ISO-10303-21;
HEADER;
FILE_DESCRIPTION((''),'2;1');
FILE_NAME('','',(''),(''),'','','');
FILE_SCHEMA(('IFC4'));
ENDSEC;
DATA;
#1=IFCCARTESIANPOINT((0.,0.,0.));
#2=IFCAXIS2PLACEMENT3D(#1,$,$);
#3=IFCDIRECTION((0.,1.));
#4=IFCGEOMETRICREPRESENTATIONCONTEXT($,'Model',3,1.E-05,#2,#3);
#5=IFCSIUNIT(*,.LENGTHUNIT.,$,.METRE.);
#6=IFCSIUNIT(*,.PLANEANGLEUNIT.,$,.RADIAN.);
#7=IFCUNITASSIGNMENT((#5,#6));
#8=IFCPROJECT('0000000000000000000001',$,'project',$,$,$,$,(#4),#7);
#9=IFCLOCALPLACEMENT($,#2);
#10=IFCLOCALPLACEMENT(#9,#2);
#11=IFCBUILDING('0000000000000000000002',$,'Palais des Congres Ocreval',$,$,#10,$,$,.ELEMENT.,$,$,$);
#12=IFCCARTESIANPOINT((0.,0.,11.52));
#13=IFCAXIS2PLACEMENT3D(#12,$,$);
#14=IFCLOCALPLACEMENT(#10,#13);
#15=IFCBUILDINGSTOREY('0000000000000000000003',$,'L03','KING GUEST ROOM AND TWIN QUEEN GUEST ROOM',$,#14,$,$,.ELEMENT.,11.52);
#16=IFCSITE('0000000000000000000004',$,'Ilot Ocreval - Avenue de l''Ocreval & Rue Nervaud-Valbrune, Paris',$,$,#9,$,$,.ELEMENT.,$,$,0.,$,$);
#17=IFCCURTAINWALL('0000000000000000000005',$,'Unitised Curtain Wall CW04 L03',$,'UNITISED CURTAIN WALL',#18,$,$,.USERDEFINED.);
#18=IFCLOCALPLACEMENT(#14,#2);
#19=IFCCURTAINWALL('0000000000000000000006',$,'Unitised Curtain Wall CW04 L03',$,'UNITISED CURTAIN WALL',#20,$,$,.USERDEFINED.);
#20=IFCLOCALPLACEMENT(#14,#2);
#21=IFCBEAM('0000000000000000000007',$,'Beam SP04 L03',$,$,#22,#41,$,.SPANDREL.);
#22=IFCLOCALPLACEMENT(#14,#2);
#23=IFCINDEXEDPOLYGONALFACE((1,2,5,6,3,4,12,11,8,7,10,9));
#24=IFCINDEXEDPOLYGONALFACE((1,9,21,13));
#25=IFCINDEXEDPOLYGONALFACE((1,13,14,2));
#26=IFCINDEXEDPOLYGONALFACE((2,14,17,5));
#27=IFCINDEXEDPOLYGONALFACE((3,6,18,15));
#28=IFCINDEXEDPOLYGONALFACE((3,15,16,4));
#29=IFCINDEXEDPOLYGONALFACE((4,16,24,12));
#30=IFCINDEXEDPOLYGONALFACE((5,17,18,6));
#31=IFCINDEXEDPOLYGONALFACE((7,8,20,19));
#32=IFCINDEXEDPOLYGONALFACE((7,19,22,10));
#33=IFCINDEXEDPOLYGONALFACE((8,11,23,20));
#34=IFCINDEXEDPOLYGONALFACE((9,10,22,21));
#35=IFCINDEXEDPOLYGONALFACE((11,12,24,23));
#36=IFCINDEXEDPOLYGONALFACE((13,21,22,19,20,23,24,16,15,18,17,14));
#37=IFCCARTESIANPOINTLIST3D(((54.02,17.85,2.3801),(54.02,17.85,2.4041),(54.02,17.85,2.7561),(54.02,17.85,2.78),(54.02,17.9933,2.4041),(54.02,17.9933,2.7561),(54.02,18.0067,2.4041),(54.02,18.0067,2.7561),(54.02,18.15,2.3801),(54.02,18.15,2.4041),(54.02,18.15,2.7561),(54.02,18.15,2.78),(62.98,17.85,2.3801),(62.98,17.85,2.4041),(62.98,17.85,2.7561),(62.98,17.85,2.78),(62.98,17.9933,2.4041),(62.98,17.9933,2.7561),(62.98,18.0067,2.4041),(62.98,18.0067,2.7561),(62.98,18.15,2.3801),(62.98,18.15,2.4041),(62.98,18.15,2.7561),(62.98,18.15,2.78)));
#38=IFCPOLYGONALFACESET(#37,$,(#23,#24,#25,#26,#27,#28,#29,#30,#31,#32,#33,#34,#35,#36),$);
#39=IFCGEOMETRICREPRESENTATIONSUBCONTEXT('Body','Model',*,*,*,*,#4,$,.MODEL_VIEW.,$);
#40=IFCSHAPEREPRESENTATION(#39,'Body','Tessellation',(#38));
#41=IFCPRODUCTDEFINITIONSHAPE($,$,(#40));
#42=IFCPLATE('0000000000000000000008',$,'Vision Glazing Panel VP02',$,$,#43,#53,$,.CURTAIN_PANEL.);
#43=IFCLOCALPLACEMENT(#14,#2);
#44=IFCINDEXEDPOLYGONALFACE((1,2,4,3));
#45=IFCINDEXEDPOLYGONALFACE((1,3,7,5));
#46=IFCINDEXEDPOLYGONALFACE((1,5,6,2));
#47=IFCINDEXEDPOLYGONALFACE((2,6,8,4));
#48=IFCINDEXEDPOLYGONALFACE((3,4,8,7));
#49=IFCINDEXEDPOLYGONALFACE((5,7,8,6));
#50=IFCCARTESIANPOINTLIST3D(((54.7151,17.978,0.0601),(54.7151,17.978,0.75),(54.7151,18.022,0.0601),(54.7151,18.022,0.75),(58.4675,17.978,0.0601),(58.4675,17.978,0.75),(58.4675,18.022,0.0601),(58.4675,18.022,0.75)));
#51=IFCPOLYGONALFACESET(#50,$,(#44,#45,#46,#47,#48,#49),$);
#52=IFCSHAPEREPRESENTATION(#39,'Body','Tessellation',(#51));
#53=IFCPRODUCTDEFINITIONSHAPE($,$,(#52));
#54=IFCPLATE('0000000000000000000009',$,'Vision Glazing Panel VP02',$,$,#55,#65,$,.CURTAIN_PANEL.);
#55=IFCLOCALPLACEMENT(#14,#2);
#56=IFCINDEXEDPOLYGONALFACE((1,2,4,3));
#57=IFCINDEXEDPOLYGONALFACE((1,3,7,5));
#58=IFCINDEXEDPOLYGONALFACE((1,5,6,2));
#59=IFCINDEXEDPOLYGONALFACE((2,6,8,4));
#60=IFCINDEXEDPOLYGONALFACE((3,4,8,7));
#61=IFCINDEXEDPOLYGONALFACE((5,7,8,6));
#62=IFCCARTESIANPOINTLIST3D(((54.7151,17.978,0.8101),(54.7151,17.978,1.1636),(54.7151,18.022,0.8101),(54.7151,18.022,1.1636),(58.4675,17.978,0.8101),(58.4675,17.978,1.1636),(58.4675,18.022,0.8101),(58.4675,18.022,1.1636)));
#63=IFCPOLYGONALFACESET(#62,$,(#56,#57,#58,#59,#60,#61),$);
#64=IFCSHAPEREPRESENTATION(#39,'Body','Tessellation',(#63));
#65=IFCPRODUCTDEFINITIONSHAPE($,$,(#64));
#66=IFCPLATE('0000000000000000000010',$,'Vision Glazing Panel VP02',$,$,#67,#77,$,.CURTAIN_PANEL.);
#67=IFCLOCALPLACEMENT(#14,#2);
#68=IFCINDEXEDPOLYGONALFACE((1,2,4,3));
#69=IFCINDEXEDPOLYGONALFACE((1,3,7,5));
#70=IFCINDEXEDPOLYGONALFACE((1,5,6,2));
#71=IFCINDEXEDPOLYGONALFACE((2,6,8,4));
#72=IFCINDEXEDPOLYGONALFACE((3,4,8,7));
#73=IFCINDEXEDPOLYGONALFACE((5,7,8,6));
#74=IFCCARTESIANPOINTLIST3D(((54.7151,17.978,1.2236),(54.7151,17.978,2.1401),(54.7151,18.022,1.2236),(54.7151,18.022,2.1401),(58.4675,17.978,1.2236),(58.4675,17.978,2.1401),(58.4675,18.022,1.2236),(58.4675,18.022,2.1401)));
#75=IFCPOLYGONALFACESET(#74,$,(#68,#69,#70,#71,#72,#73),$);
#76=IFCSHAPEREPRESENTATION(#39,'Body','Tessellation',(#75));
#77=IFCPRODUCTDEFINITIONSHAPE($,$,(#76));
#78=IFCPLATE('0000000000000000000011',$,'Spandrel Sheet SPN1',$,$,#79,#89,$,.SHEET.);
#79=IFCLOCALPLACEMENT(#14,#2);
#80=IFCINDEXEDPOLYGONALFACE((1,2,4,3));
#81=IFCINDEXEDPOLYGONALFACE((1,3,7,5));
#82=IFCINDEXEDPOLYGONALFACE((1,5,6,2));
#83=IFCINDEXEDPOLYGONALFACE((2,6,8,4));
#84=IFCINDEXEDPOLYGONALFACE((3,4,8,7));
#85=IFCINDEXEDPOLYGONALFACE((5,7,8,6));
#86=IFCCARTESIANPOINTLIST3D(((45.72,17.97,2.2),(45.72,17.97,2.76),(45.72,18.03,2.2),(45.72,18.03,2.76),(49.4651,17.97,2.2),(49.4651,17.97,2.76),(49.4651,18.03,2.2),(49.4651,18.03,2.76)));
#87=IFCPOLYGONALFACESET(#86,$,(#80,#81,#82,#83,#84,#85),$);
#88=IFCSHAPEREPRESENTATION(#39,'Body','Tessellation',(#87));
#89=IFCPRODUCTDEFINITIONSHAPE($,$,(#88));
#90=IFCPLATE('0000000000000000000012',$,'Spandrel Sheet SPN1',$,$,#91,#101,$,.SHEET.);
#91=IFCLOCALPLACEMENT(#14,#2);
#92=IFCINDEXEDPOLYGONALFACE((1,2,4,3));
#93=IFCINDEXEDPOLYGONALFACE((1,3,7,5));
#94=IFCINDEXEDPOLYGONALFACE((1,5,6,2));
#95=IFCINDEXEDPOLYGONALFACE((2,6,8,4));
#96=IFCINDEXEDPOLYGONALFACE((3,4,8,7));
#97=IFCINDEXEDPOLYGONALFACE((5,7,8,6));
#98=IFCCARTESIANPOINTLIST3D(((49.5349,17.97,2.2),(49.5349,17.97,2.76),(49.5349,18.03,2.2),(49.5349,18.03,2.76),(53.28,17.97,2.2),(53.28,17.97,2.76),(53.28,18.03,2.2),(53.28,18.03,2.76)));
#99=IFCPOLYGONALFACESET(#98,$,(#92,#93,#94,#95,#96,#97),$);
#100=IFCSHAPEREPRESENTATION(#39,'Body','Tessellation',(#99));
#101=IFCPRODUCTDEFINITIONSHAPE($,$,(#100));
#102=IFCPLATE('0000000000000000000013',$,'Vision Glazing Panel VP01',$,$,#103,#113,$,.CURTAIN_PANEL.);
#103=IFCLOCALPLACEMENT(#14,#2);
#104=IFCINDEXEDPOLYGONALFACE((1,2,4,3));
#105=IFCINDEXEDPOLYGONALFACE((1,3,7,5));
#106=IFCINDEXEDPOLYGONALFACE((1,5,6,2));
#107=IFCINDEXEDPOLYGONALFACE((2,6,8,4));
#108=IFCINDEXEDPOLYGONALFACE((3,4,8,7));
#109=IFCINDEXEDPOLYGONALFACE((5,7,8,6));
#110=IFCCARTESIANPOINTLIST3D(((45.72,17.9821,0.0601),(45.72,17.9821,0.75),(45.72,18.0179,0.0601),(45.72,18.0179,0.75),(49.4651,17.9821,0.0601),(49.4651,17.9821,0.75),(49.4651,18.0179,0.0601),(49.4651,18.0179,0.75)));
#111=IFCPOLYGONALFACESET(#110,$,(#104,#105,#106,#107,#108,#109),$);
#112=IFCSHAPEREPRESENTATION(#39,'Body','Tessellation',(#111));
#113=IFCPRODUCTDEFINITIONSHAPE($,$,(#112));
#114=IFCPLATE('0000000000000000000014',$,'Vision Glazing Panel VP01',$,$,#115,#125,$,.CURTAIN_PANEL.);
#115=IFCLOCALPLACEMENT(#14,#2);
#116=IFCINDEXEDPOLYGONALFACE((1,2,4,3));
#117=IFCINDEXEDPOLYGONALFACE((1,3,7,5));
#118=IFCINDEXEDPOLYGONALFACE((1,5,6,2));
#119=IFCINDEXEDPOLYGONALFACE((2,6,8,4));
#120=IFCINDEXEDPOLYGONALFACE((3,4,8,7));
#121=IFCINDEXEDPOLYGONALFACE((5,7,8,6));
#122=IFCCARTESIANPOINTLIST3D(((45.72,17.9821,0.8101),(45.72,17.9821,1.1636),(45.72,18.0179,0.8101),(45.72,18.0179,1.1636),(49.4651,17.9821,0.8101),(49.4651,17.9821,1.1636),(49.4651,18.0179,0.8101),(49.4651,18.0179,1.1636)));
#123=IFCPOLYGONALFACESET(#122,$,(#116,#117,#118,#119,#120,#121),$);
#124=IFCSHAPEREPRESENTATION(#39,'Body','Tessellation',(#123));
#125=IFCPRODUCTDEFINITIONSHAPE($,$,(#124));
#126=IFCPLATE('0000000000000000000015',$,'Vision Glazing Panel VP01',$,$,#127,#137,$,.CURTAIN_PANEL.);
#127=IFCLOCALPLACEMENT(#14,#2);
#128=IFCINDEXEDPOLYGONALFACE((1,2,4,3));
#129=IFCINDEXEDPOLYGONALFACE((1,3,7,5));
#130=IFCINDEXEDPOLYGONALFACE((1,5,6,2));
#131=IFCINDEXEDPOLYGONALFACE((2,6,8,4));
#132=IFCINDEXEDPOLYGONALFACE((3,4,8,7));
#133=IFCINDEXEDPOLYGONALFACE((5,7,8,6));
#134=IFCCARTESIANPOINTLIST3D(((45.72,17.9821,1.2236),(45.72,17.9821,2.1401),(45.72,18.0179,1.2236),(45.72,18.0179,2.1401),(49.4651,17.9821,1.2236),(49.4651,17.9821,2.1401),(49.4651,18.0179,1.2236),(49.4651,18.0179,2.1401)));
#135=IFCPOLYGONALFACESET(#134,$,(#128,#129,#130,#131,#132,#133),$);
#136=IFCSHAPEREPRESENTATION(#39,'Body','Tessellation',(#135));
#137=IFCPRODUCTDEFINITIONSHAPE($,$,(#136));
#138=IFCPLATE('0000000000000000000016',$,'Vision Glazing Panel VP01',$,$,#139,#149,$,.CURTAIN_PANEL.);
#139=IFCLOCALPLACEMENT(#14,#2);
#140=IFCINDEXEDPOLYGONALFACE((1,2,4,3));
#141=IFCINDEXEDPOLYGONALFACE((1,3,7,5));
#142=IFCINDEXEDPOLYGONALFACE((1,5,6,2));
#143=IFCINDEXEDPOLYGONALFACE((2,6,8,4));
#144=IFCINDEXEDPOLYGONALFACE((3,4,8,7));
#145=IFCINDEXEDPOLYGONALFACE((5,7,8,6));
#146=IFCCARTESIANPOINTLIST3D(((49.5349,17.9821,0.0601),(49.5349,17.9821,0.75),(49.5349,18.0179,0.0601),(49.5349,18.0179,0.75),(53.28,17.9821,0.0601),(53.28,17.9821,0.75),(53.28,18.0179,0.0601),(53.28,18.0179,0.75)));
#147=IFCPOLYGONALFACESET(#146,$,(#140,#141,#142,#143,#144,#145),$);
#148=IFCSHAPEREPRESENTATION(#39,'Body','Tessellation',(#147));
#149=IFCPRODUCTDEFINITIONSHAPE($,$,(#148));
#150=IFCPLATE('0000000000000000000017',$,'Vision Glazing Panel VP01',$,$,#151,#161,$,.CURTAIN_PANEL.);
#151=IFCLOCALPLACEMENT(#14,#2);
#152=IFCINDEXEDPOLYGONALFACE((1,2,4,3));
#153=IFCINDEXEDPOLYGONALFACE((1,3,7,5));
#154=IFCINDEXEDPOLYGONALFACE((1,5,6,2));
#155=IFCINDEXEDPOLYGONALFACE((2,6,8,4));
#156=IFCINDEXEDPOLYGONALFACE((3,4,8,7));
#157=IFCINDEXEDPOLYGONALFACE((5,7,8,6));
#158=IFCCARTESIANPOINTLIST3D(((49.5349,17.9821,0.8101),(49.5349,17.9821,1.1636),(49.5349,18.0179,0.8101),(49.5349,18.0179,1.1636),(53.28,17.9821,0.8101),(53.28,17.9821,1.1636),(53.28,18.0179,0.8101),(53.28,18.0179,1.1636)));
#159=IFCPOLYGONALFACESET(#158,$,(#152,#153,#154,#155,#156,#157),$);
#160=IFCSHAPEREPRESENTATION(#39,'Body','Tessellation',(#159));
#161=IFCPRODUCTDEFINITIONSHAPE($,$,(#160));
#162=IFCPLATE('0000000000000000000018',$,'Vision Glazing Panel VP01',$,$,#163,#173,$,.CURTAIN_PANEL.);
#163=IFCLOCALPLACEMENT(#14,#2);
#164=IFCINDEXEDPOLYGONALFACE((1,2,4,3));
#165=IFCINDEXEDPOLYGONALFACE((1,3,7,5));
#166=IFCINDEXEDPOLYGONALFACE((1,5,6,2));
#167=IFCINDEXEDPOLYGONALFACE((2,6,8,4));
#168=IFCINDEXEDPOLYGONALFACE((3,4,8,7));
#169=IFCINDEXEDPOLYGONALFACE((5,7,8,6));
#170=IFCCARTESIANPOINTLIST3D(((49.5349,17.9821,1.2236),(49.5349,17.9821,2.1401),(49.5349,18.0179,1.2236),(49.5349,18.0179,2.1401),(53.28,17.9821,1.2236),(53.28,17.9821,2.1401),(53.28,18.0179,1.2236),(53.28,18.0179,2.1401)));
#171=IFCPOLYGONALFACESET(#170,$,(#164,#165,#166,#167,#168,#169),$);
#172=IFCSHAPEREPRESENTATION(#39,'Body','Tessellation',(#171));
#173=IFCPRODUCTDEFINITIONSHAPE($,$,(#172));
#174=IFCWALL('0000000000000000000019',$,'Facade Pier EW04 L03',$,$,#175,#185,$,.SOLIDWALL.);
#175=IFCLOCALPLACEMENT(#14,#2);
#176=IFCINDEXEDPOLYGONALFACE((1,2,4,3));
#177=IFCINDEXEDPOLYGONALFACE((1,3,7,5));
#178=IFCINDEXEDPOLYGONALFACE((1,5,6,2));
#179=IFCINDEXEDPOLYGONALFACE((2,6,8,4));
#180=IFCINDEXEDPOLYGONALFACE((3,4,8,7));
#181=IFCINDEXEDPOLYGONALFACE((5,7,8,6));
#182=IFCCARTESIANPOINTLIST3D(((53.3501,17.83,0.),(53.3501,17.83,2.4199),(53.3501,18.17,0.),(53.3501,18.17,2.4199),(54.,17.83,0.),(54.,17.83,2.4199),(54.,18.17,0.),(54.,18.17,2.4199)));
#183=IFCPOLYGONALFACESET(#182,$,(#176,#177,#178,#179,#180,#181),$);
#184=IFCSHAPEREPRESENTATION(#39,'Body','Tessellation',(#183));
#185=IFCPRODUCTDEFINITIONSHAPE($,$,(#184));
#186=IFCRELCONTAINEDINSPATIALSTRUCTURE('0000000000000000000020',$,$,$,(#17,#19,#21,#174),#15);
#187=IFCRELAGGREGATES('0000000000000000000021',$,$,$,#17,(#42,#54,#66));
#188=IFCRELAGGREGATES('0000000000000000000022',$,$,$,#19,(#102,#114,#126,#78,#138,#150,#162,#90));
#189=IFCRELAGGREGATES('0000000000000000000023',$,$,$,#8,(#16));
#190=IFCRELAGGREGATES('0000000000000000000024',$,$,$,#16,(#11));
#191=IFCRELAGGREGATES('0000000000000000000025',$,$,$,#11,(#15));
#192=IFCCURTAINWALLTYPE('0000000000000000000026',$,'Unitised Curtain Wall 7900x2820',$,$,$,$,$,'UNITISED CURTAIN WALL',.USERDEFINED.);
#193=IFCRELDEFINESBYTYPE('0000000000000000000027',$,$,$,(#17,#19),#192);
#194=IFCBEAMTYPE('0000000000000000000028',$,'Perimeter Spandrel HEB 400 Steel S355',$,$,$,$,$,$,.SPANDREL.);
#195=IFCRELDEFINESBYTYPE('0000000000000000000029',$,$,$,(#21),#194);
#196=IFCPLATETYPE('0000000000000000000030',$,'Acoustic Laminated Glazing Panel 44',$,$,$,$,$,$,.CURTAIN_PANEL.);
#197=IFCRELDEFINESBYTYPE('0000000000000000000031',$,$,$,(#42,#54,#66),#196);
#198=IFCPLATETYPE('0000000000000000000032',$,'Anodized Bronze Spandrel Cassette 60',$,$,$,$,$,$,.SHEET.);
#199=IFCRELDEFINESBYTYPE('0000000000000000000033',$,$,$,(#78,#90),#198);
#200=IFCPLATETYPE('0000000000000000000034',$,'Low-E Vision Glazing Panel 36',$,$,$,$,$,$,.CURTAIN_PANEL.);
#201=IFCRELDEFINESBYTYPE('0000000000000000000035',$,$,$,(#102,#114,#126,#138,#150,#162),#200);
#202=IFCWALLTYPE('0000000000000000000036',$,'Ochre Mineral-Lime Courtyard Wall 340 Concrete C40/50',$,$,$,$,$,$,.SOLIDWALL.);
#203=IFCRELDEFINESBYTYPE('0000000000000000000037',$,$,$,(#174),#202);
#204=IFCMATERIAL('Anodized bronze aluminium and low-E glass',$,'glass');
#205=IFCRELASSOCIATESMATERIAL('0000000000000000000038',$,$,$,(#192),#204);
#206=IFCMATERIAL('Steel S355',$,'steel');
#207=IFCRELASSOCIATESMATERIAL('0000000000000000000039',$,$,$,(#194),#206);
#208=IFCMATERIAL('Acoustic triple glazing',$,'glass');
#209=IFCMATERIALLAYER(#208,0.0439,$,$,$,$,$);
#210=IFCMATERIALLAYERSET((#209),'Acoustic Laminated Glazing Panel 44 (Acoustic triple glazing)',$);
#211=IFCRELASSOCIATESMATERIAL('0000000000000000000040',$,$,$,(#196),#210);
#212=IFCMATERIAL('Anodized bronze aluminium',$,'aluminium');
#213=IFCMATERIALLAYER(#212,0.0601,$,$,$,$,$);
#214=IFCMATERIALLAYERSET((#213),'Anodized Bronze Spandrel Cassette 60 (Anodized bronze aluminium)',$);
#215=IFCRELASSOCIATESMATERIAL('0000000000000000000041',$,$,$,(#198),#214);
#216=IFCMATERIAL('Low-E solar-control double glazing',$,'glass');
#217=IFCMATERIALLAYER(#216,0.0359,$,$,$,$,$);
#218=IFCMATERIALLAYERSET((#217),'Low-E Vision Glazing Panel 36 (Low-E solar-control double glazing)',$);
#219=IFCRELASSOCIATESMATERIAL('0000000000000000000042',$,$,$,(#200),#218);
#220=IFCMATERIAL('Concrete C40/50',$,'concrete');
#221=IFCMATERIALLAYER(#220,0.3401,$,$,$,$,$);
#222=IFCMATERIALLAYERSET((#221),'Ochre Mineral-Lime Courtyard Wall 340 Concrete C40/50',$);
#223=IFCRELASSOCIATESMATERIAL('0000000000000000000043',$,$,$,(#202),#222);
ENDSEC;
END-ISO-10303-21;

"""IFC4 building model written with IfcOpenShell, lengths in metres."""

from ifc_helpers import new_model, si_unit, direction, frame, frame_2d, origin, origin_2d, place, context, subcontext, project, spatial, rectangle, i_section, extrude, material, layer, layer_set, material_profile, profile_set, type_object, element, aggregate, save


model = new_model("IFC4")

# Units and contexts
model_context = context("Model", 3, precision=1e-05, world=origin(), true_north=direction((0.0, 1.0)))
body_context = subcontext(model_context, "Body", "Model", "MODEL_VIEW")
ifc_project = project(units=[si_unit("LENGTHUNIT", "METRE"), si_unit("PLANEANGLEUNIT", "RADIAN")], contexts=[model_context])

# Site, building, storey
site_placement = place(None, origin())
site = spatial("IfcSite", under=ifc_project, at=site_placement, Name="Ilot Ocreval - Avenue de l'Ocreval & Rue Nervaud-Valbrune, Paris", CompositionType="ELEMENT", RefElevation=0.0)
building_placement = place(site_placement, origin())
building = spatial("IfcBuilding", under=site, at=building_placement, Name="Palais des Congres Ocreval", CompositionType="ELEMENT")
storey_placement = place(building_placement, frame((0.0, 0.0, 11.52)))
storey = spatial("IfcBuildingStorey", under=building, at=storey_placement, Name="L03", Description="KING GUEST ROOM AND TWIN QUEEN GUEST ROOM", CompositionType="ELEMENT", Elevation=11.52)

# Shared definitions
ifc_material_1 = material(Name="Concrete C40/50", Category="concrete")

# Curtain wall
ifc_material_2 = material(Name="Anodized bronze aluminium and low-E glass", Category="glass")
curtain_wall_type = type_object("IfcCurtainWallType", Name="Unitised Curtain Wall 7900x2820", ElementType="UNITISED CURTAIN WALL", PredefinedType="USERDEFINED", material=ifc_material_2)
curtain_wall_1_placement = place(storey_placement, origin())
curtain_wall_1 = element("IfcCurtainWall", 1, at=curtain_wall_1_placement, inside=storey, type_object=curtain_wall_type, Name="Unitised Curtain Wall CW04 L03", ObjectType="UNITISED CURTAIN WALL", PredefinedType="USERDEFINED")
ifc_material_3 = material(Name="Anodized bronze aluminium", Category="aluminium")

# Curtain wall
curtain_wall_2_placement = place(storey_placement, origin())
curtain_wall_2 = element("IfcCurtainWall", 2, at=curtain_wall_2_placement, inside=storey, type_object=curtain_wall_type, Name="Unitised Curtain Wall CW04 L03", ObjectType="UNITISED CURTAIN WALL", PredefinedType="USERDEFINED")

# Beam
ifc_material_4 = material(Name="Steel S355", Category="steel")
ifc_material_profile_1 = material_profile(ifc_material_4, i_section(OverallWidth=0.3, OverallDepth=0.3999, WebThickness=0.0134, FlangeThickness=0.0239, at=origin_2d()), Name="HEB 400")
ifc_profile_set_1 = profile_set([ifc_material_profile_1], Name="Steel S355")
beam_type = type_object("IfcBeamType", Name="Perimeter Spandrel HEB 400 Steel S355", PredefinedType="SPANDREL", material=ifc_profile_set_1)
beam_placement = place(storey_placement, frame((54.02, 18.0, 2.5801), z_axis=(1.0, 0.0, 0.0), x_axis=(0.0, 1.0, 0.0)))
element("IfcBeam", 3, at=beam_placement, inside=storey, type_object=beam_type, Name="Beam SP04 L03", PredefinedType="SPANDREL", context=body_context, shape_type="SweptSolid", body=[
    extrude(i_section(OverallWidth=0.3, OverallDepth=0.3999, WebThickness=0.0134, FlangeThickness=0.0239, at=origin_2d()), origin(), (0.0, 0.0, 1.0), 8.96),
])

# Plates
ifc_material_5 = material(Name="Acoustic triple glazing", Category="glass")
ifc_layer_1 = layer(ifc_material_5, 0.0439)
ifc_layer_set_1 = layer_set([ifc_layer_1], Name="Acoustic Laminated Glazing Panel 44 (Acoustic triple glazing)")
plate_type_1 = type_object("IfcPlateType", Name="Acoustic Laminated Glazing Panel 44", PredefinedType="CURTAIN_PANEL", material=ifc_layer_set_1)
plate_1_placement = place(storey_placement, frame((56.5913, 18.0, 0.0601), z_axis=(0.0, 0.0, 1.0), x_axis=(1.0, 0.0, 0.0)))
plate_1 = element("IfcPlate", 4, at=plate_1_placement, type_object=plate_type_1, Name="Vision Glazing Panel VP02", PredefinedType="CURTAIN_PANEL", context=body_context, shape_type="SweptSolid", body=[
    extrude(rectangle(XDim=3.7524, YDim=0.0439, at=origin_2d()), origin(), (0.0, 0.0, 1.0), 0.6899),
])
plate_2_placement = place(storey_placement, frame((56.5913, 18.0, 0.8101), z_axis=(0.0, 0.0, 1.0), x_axis=(1.0, 0.0, 0.0)))
plate_2 = element("IfcPlate", 5, at=plate_2_placement, type_object=plate_type_1, Name="Vision Glazing Panel VP02", PredefinedType="CURTAIN_PANEL", context=body_context, shape_type="SweptSolid", body=[
    extrude(rectangle(XDim=3.7524, YDim=0.0439, at=origin_2d()), origin(), (0.0, 0.0, 1.0), 0.3535),
])
plate_3_placement = place(storey_placement, frame((56.5913, 18.0, 1.2236), z_axis=(0.0, 0.0, 1.0), x_axis=(1.0, 0.0, 0.0)))
plate_3 = element("IfcPlate", 6, at=plate_3_placement, type_object=plate_type_1, Name="Vision Glazing Panel VP02", PredefinedType="CURTAIN_PANEL", context=body_context, shape_type="SweptSolid", body=[
    extrude(rectangle(XDim=3.7524, YDim=0.0439, at=origin_2d()), origin(), (0.0, 0.0, 1.0), 0.9165),
])
aggregate(curtain_wall_1, [plate_1, plate_2, plate_3])
ifc_layer_2 = layer(ifc_material_3, 0.0601)
ifc_layer_set_2 = layer_set([ifc_layer_2], Name="Anodized Bronze Spandrel Cassette 60 (Anodized bronze aluminium)")
plate_type_2 = type_object("IfcPlateType", Name="Anodized Bronze Spandrel Cassette 60", PredefinedType="SHEET", material=ifc_layer_set_2)
plate_4_placement = place(storey_placement, frame((47.5925, 18.0, 2.2), z_axis=(0.0, 0.0, 1.0), x_axis=(1.0, 0.0, 0.0)))
plate_4 = element("IfcPlate", 7, at=plate_4_placement, type_object=plate_type_2, Name="Spandrel Sheet SPN1", PredefinedType="SHEET", context=body_context, shape_type="SweptSolid", body=[
    extrude(rectangle(XDim=3.7451, YDim=0.0601, at=origin_2d()), origin(), (0.0, 0.0, 1.0), 0.5601),
])
plate_5_placement = place(storey_placement, frame((51.4075, 18.0, 2.2), z_axis=(0.0, 0.0, 1.0), x_axis=(1.0, 0.0, 0.0)))
plate_5 = element("IfcPlate", 8, at=plate_5_placement, type_object=plate_type_2, Name="Spandrel Sheet SPN1", PredefinedType="SHEET", context=body_context, shape_type="SweptSolid", body=[
    extrude(rectangle(XDim=3.7451, YDim=0.0601, at=origin_2d()), origin(), (0.0, 0.0, 1.0), 0.5601),
])
ifc_material_6 = material(Name="Low-E solar-control double glazing", Category="glass")
ifc_layer_3 = layer(ifc_material_6, 0.0359)
ifc_layer_set_3 = layer_set([ifc_layer_3], Name="Low-E Vision Glazing Panel 36 (Low-E solar-control double glazing)")
plate_type_3 = type_object("IfcPlateType", Name="Low-E Vision Glazing Panel 36", PredefinedType="CURTAIN_PANEL", material=ifc_layer_set_3)
plate_6_placement = place(storey_placement, frame((47.5925, 18.0, 0.0601), z_axis=(0.0, 0.0, 1.0), x_axis=(1.0, 0.0, 0.0)))
plate_6 = element("IfcPlate", 9, at=plate_6_placement, type_object=plate_type_3, Name="Vision Glazing Panel VP01", PredefinedType="CURTAIN_PANEL", context=body_context, shape_type="SweptSolid", body=[
    extrude(rectangle(XDim=3.7451, YDim=0.0359, at=origin_2d()), origin(), (0.0, 0.0, 1.0), 0.6899),
])
plate_7_placement = place(storey_placement, frame((47.5925, 18.0, 0.8101), z_axis=(0.0, 0.0, 1.0), x_axis=(1.0, 0.0, 0.0)))
plate_7 = element("IfcPlate", 10, at=plate_7_placement, type_object=plate_type_3, Name="Vision Glazing Panel VP01", PredefinedType="CURTAIN_PANEL", context=body_context, shape_type="SweptSolid", body=[
    extrude(rectangle(XDim=3.7451, YDim=0.0359, at=origin_2d()), origin(), (0.0, 0.0, 1.0), 0.3535),
])
plate_8_placement = place(storey_placement, frame((47.5925, 18.0, 1.2236), z_axis=(0.0, 0.0, 1.0), x_axis=(1.0, 0.0, 0.0)))
plate_8 = element("IfcPlate", 11, at=plate_8_placement, type_object=plate_type_3, Name="Vision Glazing Panel VP01", PredefinedType="CURTAIN_PANEL", context=body_context, shape_type="SweptSolid", body=[
    extrude(rectangle(XDim=3.7451, YDim=0.0359, at=origin_2d()), origin(), (0.0, 0.0, 1.0), 0.9165),
])
plate_9_placement = place(storey_placement, frame((51.4075, 18.0, 0.0601), z_axis=(0.0, 0.0, 1.0), x_axis=(1.0, 0.0, 0.0)))
plate_9 = element("IfcPlate", 12, at=plate_9_placement, type_object=plate_type_3, Name="Vision Glazing Panel VP01", PredefinedType="CURTAIN_PANEL", context=body_context, shape_type="SweptSolid", body=[
    extrude(rectangle(XDim=3.7451, YDim=0.0359, at=origin_2d()), origin(), (0.0, 0.0, 1.0), 0.6899),
])
plate_10_placement = place(storey_placement, frame((51.4075, 18.0, 0.8101), z_axis=(0.0, 0.0, 1.0), x_axis=(1.0, 0.0, 0.0)))
plate_10 = element("IfcPlate", 13, at=plate_10_placement, type_object=plate_type_3, Name="Vision Glazing Panel VP01", PredefinedType="CURTAIN_PANEL", context=body_context, shape_type="SweptSolid", body=[
    extrude(rectangle(XDim=3.7451, YDim=0.0359, at=origin_2d()), origin(), (0.0, 0.0, 1.0), 0.3535),
])
plate_11_placement = place(storey_placement, frame((51.4075, 18.0, 1.2236), z_axis=(0.0, 0.0, 1.0), x_axis=(1.0, 0.0, 0.0)))
plate_11 = element("IfcPlate", 14, at=plate_11_placement, type_object=plate_type_3, Name="Vision Glazing Panel VP01", PredefinedType="CURTAIN_PANEL", context=body_context, shape_type="SweptSolid", body=[
    extrude(rectangle(XDim=3.7451, YDim=0.0359, at=origin_2d()), origin(), (0.0, 0.0, 1.0), 0.9165),
])
aggregate(curtain_wall_2, [plate_6, plate_7, plate_8, plate_4, plate_9, plate_10, plate_11, plate_5])

# Wall
ifc_layer_4 = layer(ifc_material_1, 0.3401)
ifc_layer_set_4 = layer_set([ifc_layer_4], Name="Ochre Mineral-Lime Courtyard Wall 340 Concrete C40/50")
wall_type = type_object("IfcWallType", Name="Ochre Mineral-Lime Courtyard Wall 340 Concrete C40/50", PredefinedType="SOLIDWALL", material=ifc_layer_set_4)
wall_1_placement = place(storey_placement, frame((53.3501, 18.0, 0.0), z_axis=(0.0, 0.0, 1.0), x_axis=(1.0, 0.0, 0.0)))
element("IfcWall", 15, at=wall_1_placement, inside=storey, type_object=wall_type, Name="Facade Pier EW04 L03", PredefinedType="SOLIDWALL", context=body_context, shape_type="SweptSolid", body=[
    extrude(rectangle(XDim=0.6499, YDim=0.3401, at=frame_2d((0.325, 0.0))), origin(), (0.0, 0.0, 1.0), 2.4199),
])

save(model, "model.ifc")
